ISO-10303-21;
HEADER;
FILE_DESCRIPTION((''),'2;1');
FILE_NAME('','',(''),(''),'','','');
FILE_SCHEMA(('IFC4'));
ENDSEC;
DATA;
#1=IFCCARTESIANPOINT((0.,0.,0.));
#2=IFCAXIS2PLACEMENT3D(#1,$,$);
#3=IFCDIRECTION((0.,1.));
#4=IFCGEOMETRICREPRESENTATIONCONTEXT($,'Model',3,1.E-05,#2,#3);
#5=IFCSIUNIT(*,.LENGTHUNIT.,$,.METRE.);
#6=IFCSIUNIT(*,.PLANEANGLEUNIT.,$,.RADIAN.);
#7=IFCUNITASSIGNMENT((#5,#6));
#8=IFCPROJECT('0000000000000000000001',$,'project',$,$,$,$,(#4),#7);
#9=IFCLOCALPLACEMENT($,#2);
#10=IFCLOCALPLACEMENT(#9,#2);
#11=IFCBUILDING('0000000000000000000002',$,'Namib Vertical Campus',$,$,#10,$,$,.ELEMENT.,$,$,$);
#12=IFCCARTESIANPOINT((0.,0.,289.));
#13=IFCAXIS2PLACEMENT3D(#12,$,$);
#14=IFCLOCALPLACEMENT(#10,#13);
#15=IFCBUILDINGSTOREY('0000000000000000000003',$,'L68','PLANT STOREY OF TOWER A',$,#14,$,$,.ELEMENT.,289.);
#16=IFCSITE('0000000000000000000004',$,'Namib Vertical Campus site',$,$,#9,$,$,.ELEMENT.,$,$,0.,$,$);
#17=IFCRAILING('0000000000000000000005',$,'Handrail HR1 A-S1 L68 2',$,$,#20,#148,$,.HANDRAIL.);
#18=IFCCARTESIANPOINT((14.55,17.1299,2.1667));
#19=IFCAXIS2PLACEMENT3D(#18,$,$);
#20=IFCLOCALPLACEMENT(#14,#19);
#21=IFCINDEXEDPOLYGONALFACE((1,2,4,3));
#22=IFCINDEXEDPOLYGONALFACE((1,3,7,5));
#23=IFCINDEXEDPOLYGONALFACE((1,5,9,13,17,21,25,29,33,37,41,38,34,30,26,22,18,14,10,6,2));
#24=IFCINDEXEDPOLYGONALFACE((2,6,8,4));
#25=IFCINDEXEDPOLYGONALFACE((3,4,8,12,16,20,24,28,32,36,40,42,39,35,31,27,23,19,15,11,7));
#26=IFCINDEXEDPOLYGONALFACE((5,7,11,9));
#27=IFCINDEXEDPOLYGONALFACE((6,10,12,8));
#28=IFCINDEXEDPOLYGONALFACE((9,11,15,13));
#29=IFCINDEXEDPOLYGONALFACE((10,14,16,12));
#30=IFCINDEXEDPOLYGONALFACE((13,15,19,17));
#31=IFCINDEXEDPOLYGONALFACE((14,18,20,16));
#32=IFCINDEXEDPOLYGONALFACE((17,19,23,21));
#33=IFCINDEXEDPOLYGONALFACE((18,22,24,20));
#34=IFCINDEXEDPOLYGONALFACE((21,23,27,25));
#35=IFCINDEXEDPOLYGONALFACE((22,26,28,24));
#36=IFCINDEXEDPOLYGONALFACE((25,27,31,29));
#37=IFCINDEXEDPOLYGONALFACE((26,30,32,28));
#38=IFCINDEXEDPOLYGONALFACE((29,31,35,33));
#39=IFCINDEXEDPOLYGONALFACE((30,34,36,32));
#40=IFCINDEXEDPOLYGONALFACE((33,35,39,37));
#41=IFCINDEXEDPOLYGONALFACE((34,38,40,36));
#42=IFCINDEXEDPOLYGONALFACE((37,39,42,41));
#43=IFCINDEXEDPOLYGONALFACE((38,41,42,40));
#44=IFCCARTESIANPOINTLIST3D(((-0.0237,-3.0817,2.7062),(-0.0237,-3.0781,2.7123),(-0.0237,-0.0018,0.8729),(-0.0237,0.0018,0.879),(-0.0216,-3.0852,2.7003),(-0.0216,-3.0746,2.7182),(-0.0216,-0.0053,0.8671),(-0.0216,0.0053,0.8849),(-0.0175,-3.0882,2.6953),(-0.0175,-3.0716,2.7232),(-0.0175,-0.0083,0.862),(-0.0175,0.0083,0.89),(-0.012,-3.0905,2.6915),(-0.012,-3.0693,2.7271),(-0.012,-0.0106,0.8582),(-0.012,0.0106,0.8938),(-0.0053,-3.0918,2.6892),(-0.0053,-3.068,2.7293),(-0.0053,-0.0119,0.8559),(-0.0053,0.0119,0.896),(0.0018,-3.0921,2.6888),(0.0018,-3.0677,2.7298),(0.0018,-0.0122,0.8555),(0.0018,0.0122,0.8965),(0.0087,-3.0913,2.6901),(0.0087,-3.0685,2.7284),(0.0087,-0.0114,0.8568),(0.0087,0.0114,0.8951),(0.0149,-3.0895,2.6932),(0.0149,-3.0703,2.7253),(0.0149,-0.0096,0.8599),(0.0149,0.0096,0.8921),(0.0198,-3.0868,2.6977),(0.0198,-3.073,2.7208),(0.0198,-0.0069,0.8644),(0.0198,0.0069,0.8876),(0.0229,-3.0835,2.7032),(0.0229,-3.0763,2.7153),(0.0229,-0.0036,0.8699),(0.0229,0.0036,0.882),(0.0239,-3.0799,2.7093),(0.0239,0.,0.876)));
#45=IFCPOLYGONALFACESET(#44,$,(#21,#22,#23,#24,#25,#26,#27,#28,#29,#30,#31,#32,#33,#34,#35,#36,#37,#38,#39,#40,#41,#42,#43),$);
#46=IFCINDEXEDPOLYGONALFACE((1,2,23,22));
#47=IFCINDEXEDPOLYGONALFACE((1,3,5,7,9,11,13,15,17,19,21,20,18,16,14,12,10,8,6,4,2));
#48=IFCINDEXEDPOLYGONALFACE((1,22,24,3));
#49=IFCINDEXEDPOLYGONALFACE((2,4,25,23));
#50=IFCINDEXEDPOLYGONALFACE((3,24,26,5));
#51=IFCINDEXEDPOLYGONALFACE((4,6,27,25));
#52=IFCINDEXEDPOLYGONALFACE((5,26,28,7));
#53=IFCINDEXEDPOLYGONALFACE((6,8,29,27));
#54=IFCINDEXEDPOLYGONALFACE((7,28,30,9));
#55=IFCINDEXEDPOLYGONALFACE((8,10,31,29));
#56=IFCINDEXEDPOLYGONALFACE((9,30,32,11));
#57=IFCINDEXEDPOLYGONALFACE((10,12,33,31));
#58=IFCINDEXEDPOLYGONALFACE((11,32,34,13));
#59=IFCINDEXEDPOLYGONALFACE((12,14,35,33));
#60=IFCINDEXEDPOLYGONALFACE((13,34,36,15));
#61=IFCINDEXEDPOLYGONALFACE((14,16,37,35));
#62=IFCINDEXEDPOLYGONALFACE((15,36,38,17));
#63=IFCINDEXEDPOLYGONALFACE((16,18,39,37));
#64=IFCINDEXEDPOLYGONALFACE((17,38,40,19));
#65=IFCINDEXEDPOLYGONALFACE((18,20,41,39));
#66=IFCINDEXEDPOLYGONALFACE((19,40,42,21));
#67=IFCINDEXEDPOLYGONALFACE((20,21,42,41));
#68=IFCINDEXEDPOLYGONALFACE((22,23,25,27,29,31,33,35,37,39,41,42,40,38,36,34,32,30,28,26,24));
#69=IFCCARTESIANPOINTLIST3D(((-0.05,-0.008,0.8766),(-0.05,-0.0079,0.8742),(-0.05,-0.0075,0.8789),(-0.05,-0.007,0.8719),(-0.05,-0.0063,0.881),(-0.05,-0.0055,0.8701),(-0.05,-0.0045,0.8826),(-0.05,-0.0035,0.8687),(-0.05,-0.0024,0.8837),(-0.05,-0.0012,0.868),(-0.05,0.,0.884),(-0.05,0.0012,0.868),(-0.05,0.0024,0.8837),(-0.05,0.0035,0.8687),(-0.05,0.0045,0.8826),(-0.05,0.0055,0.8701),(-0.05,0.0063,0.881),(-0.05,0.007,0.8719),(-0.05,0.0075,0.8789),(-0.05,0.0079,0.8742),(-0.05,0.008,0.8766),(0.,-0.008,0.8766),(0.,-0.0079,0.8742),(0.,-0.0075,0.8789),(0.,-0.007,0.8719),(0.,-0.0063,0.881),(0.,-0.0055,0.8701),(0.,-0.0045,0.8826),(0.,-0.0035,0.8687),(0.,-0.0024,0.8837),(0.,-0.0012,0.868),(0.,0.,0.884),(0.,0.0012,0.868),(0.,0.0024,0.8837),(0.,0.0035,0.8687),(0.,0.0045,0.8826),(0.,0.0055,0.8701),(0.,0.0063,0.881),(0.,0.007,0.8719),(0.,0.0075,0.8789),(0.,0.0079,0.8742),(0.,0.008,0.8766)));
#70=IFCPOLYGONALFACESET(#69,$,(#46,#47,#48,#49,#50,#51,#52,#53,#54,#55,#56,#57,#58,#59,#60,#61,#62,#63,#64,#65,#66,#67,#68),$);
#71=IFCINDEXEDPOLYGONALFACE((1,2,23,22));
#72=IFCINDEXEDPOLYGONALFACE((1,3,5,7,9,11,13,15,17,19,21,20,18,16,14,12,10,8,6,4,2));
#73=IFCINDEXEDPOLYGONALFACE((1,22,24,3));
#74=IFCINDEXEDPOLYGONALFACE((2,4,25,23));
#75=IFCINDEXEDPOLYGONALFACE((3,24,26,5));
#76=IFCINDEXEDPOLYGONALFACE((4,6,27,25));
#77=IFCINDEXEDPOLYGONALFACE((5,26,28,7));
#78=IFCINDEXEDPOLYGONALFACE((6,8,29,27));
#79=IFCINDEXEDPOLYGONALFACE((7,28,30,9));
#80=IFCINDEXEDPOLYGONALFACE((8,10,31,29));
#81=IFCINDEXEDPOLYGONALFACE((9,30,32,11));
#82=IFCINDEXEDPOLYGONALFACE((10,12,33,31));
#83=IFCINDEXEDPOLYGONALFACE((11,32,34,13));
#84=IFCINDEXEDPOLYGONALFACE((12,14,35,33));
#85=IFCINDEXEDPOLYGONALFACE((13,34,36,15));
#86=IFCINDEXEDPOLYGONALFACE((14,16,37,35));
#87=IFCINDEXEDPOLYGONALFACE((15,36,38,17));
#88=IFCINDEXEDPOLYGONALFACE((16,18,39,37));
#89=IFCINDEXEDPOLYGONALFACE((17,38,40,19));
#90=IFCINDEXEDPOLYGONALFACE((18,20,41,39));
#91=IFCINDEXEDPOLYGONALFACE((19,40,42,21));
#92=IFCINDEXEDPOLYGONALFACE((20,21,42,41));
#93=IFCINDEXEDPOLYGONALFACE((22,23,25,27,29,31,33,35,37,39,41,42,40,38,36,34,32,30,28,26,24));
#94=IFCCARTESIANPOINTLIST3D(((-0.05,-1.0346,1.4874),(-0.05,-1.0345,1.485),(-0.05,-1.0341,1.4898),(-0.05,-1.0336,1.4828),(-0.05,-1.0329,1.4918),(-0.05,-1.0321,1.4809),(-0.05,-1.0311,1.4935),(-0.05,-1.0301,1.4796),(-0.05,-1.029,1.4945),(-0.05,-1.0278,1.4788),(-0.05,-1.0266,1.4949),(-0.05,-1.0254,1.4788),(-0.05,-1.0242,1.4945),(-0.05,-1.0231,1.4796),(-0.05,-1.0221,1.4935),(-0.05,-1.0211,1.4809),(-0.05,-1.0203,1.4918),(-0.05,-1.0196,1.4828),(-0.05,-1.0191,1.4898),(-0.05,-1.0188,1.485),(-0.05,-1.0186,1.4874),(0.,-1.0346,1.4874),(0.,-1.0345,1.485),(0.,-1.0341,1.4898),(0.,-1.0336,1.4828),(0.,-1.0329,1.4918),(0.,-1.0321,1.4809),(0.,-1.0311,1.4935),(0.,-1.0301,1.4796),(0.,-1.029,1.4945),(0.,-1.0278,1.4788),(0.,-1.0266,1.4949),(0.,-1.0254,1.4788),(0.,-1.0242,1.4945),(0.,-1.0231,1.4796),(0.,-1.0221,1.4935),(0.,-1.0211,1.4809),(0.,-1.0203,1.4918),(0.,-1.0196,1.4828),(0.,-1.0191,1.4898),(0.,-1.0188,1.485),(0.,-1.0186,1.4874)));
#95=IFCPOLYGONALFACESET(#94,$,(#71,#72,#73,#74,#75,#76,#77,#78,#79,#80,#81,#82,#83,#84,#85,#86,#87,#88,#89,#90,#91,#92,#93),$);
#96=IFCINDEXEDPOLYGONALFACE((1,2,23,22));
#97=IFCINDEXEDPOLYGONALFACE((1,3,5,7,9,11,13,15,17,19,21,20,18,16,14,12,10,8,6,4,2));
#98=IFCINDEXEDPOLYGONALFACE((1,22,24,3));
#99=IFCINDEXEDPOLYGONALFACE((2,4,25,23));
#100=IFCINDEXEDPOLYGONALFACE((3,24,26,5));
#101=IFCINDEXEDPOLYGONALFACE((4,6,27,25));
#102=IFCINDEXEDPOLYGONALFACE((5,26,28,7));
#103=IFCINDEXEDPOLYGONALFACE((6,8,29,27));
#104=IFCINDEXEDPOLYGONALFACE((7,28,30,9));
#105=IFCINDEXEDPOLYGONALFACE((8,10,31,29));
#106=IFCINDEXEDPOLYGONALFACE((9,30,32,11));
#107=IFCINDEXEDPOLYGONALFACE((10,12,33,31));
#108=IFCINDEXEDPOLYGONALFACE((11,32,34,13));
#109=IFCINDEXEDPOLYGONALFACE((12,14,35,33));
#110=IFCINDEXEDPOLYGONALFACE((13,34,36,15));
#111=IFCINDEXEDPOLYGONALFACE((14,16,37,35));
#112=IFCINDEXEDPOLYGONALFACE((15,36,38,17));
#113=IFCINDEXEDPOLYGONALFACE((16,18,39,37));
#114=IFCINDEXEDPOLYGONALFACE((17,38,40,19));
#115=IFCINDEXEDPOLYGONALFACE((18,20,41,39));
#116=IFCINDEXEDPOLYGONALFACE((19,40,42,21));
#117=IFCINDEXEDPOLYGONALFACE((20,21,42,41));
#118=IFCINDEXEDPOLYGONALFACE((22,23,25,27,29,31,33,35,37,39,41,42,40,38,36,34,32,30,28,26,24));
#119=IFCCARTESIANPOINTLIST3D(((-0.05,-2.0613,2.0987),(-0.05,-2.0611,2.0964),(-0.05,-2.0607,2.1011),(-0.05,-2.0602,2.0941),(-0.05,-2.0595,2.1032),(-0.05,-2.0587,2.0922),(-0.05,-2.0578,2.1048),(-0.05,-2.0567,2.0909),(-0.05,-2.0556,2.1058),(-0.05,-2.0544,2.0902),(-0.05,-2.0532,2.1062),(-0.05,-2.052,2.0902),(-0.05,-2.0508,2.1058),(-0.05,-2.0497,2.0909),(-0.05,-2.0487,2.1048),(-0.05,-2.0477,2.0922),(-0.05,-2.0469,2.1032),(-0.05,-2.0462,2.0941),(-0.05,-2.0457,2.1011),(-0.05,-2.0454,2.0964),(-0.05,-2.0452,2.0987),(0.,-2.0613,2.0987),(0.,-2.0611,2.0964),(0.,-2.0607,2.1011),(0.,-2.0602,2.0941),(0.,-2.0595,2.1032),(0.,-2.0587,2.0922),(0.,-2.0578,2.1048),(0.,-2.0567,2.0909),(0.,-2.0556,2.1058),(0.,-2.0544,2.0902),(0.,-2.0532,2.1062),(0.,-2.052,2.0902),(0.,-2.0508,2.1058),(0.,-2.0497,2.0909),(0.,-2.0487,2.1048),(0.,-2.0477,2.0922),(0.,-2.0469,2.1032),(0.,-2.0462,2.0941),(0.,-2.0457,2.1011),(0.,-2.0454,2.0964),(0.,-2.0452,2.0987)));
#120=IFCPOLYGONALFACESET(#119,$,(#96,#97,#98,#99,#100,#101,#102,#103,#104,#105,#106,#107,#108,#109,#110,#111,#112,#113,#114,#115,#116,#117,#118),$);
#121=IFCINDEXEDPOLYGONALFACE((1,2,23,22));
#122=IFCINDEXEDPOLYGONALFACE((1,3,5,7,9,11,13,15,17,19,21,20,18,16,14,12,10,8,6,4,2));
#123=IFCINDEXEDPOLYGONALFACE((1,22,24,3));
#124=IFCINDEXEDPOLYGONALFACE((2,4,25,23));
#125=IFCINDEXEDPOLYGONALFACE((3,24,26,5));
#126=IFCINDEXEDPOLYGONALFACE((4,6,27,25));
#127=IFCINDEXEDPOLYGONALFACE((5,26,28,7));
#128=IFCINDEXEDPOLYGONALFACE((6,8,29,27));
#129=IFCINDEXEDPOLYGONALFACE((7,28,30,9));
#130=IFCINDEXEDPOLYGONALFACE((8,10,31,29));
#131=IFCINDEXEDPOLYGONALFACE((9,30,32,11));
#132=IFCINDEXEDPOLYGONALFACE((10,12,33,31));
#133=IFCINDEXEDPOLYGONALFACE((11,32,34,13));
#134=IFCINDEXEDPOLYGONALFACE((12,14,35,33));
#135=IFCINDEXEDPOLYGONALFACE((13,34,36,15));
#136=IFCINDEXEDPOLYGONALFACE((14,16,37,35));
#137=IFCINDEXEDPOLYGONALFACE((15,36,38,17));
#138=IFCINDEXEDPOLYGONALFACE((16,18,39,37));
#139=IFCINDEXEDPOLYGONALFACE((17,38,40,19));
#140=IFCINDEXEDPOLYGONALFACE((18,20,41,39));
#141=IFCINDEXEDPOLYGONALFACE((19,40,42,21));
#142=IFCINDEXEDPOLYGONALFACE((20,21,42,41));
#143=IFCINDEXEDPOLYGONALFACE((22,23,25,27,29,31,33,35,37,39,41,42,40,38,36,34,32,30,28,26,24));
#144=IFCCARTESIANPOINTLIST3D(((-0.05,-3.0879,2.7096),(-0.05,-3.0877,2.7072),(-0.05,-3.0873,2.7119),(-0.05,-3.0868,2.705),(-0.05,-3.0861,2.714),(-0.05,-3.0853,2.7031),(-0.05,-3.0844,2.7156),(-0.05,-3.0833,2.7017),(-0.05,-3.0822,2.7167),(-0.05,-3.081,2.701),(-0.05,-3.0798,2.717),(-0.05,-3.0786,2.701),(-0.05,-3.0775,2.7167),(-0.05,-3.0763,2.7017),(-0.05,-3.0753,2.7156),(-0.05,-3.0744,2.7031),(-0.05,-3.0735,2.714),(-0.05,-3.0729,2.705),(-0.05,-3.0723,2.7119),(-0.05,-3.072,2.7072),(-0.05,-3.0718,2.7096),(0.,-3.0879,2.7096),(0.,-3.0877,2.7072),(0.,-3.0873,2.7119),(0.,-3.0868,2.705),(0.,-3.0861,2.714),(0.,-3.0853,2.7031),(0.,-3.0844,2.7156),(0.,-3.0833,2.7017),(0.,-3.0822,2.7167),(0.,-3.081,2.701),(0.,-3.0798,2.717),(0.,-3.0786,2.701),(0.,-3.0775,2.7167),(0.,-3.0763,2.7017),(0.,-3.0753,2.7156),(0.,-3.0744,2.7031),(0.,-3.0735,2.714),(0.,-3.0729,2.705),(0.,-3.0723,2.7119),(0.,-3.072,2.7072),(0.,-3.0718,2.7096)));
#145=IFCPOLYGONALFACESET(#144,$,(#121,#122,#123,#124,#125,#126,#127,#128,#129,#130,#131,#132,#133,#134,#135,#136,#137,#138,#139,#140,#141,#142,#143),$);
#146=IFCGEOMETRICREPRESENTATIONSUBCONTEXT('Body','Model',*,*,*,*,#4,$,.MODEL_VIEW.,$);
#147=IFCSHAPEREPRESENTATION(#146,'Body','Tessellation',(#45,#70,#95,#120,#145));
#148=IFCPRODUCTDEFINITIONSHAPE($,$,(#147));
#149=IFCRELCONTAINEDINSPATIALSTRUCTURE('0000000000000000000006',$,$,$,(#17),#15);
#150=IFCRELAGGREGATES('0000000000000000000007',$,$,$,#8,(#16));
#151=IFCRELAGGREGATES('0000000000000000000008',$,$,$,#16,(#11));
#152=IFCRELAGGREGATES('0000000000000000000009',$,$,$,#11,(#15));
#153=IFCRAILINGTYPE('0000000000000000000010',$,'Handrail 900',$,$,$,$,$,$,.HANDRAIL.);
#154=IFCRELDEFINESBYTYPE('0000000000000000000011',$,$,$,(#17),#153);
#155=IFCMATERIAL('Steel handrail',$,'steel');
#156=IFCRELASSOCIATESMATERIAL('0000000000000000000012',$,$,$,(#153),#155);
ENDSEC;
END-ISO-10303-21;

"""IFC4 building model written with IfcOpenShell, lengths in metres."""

from ifc_helpers import new_model, si_unit, direction, frame, origin, origin_2d, place, context, subcontext, project, spatial, circle, extrude, material, type_object, element, save


model = new_model("IFC4")

# Units and contexts
model_context = context("Model", 3, precision=1e-05, world=origin(), true_north=direction((0.0, 1.0)))
body_context = subcontext(model_context, "Body", "Model", "MODEL_VIEW")
ifc_project = project(units=[si_unit("LENGTHUNIT", "METRE"), si_unit("PLANEANGLEUNIT", "RADIAN")], contexts=[model_context])

# Site, building, storey
site_placement = place(None, origin())
site = spatial("IfcSite", under=ifc_project, at=site_placement, Name="Namib Vertical Campus site", CompositionType="ELEMENT", RefElevation=0.0)
building_placement = place(site_placement, origin())
building = spatial("IfcBuilding", under=site, at=building_placement, Name="Namib Vertical Campus", CompositionType="ELEMENT")
storey_placement = place(building_placement, frame((0.0, 0.0, 289.0)))
storey = spatial("IfcBuildingStorey", under=building, at=storey_placement, Name="L68", Description="PLANT STOREY OF TOWER A", CompositionType="ELEMENT", Elevation=289.0)

# Railing
ifc_material_1 = material(Name="Steel handrail", Category="steel")
railing_type = type_object("IfcRailingType", Name="Handrail 900", PredefinedType="HANDRAIL", material=ifc_material_1)
railing_placement = place(storey_placement, frame((14.55, 17.1299, 2.1667)))
element("IfcRailing", 1, at=railing_placement, inside=storey, type_object=railing_type, Name="Handrail HR1 A-S1 L68 2", PredefinedType="HANDRAIL", context=body_context, shape_type="SweptSolid", body=[
    extrude(circle(Radius=0.0239, at=origin_2d()), frame((0.0, 0.0, 0.876), z_axis=(0.0, -0.859291, 0.511487), x_axis=(1.0, 0.0, 0.0)), (0.0, 0.0, 1.0), 3.5842),
    extrude(circle(Radius=0.0081, at=origin_2d()), frame((0.0, 0.0, 0.876), z_axis=(-1.0, 0.0, 0.0), x_axis=(0.0, 0.0, 1.0)), (0.0, 0.0, 1.0), 0.05),
    extrude(circle(Radius=0.0081, at=origin_2d()), frame((0.0, -1.0266, 1.4868), z_axis=(-1.0, 0.0, 0.0), x_axis=(0.0, 0.0, 1.0)), (0.0, 0.0, 1.0), 0.05),
    extrude(circle(Radius=0.0081, at=origin_2d()), frame((0.0, -2.0532, 2.0981), z_axis=(-1.0, 0.0, 0.0), x_axis=(0.0, 0.0, 1.0)), (0.0, 0.0, 1.0), 0.05),
    extrude(circle(Radius=0.0081, at=origin_2d()), frame((0.0, -3.0798, 2.709), z_axis=(-1.0, 0.0, 0.0), x_axis=(0.0, 0.0, 1.0)), (0.0, 0.0, 1.0), 0.05),
])

save(model, "model.ifc")
